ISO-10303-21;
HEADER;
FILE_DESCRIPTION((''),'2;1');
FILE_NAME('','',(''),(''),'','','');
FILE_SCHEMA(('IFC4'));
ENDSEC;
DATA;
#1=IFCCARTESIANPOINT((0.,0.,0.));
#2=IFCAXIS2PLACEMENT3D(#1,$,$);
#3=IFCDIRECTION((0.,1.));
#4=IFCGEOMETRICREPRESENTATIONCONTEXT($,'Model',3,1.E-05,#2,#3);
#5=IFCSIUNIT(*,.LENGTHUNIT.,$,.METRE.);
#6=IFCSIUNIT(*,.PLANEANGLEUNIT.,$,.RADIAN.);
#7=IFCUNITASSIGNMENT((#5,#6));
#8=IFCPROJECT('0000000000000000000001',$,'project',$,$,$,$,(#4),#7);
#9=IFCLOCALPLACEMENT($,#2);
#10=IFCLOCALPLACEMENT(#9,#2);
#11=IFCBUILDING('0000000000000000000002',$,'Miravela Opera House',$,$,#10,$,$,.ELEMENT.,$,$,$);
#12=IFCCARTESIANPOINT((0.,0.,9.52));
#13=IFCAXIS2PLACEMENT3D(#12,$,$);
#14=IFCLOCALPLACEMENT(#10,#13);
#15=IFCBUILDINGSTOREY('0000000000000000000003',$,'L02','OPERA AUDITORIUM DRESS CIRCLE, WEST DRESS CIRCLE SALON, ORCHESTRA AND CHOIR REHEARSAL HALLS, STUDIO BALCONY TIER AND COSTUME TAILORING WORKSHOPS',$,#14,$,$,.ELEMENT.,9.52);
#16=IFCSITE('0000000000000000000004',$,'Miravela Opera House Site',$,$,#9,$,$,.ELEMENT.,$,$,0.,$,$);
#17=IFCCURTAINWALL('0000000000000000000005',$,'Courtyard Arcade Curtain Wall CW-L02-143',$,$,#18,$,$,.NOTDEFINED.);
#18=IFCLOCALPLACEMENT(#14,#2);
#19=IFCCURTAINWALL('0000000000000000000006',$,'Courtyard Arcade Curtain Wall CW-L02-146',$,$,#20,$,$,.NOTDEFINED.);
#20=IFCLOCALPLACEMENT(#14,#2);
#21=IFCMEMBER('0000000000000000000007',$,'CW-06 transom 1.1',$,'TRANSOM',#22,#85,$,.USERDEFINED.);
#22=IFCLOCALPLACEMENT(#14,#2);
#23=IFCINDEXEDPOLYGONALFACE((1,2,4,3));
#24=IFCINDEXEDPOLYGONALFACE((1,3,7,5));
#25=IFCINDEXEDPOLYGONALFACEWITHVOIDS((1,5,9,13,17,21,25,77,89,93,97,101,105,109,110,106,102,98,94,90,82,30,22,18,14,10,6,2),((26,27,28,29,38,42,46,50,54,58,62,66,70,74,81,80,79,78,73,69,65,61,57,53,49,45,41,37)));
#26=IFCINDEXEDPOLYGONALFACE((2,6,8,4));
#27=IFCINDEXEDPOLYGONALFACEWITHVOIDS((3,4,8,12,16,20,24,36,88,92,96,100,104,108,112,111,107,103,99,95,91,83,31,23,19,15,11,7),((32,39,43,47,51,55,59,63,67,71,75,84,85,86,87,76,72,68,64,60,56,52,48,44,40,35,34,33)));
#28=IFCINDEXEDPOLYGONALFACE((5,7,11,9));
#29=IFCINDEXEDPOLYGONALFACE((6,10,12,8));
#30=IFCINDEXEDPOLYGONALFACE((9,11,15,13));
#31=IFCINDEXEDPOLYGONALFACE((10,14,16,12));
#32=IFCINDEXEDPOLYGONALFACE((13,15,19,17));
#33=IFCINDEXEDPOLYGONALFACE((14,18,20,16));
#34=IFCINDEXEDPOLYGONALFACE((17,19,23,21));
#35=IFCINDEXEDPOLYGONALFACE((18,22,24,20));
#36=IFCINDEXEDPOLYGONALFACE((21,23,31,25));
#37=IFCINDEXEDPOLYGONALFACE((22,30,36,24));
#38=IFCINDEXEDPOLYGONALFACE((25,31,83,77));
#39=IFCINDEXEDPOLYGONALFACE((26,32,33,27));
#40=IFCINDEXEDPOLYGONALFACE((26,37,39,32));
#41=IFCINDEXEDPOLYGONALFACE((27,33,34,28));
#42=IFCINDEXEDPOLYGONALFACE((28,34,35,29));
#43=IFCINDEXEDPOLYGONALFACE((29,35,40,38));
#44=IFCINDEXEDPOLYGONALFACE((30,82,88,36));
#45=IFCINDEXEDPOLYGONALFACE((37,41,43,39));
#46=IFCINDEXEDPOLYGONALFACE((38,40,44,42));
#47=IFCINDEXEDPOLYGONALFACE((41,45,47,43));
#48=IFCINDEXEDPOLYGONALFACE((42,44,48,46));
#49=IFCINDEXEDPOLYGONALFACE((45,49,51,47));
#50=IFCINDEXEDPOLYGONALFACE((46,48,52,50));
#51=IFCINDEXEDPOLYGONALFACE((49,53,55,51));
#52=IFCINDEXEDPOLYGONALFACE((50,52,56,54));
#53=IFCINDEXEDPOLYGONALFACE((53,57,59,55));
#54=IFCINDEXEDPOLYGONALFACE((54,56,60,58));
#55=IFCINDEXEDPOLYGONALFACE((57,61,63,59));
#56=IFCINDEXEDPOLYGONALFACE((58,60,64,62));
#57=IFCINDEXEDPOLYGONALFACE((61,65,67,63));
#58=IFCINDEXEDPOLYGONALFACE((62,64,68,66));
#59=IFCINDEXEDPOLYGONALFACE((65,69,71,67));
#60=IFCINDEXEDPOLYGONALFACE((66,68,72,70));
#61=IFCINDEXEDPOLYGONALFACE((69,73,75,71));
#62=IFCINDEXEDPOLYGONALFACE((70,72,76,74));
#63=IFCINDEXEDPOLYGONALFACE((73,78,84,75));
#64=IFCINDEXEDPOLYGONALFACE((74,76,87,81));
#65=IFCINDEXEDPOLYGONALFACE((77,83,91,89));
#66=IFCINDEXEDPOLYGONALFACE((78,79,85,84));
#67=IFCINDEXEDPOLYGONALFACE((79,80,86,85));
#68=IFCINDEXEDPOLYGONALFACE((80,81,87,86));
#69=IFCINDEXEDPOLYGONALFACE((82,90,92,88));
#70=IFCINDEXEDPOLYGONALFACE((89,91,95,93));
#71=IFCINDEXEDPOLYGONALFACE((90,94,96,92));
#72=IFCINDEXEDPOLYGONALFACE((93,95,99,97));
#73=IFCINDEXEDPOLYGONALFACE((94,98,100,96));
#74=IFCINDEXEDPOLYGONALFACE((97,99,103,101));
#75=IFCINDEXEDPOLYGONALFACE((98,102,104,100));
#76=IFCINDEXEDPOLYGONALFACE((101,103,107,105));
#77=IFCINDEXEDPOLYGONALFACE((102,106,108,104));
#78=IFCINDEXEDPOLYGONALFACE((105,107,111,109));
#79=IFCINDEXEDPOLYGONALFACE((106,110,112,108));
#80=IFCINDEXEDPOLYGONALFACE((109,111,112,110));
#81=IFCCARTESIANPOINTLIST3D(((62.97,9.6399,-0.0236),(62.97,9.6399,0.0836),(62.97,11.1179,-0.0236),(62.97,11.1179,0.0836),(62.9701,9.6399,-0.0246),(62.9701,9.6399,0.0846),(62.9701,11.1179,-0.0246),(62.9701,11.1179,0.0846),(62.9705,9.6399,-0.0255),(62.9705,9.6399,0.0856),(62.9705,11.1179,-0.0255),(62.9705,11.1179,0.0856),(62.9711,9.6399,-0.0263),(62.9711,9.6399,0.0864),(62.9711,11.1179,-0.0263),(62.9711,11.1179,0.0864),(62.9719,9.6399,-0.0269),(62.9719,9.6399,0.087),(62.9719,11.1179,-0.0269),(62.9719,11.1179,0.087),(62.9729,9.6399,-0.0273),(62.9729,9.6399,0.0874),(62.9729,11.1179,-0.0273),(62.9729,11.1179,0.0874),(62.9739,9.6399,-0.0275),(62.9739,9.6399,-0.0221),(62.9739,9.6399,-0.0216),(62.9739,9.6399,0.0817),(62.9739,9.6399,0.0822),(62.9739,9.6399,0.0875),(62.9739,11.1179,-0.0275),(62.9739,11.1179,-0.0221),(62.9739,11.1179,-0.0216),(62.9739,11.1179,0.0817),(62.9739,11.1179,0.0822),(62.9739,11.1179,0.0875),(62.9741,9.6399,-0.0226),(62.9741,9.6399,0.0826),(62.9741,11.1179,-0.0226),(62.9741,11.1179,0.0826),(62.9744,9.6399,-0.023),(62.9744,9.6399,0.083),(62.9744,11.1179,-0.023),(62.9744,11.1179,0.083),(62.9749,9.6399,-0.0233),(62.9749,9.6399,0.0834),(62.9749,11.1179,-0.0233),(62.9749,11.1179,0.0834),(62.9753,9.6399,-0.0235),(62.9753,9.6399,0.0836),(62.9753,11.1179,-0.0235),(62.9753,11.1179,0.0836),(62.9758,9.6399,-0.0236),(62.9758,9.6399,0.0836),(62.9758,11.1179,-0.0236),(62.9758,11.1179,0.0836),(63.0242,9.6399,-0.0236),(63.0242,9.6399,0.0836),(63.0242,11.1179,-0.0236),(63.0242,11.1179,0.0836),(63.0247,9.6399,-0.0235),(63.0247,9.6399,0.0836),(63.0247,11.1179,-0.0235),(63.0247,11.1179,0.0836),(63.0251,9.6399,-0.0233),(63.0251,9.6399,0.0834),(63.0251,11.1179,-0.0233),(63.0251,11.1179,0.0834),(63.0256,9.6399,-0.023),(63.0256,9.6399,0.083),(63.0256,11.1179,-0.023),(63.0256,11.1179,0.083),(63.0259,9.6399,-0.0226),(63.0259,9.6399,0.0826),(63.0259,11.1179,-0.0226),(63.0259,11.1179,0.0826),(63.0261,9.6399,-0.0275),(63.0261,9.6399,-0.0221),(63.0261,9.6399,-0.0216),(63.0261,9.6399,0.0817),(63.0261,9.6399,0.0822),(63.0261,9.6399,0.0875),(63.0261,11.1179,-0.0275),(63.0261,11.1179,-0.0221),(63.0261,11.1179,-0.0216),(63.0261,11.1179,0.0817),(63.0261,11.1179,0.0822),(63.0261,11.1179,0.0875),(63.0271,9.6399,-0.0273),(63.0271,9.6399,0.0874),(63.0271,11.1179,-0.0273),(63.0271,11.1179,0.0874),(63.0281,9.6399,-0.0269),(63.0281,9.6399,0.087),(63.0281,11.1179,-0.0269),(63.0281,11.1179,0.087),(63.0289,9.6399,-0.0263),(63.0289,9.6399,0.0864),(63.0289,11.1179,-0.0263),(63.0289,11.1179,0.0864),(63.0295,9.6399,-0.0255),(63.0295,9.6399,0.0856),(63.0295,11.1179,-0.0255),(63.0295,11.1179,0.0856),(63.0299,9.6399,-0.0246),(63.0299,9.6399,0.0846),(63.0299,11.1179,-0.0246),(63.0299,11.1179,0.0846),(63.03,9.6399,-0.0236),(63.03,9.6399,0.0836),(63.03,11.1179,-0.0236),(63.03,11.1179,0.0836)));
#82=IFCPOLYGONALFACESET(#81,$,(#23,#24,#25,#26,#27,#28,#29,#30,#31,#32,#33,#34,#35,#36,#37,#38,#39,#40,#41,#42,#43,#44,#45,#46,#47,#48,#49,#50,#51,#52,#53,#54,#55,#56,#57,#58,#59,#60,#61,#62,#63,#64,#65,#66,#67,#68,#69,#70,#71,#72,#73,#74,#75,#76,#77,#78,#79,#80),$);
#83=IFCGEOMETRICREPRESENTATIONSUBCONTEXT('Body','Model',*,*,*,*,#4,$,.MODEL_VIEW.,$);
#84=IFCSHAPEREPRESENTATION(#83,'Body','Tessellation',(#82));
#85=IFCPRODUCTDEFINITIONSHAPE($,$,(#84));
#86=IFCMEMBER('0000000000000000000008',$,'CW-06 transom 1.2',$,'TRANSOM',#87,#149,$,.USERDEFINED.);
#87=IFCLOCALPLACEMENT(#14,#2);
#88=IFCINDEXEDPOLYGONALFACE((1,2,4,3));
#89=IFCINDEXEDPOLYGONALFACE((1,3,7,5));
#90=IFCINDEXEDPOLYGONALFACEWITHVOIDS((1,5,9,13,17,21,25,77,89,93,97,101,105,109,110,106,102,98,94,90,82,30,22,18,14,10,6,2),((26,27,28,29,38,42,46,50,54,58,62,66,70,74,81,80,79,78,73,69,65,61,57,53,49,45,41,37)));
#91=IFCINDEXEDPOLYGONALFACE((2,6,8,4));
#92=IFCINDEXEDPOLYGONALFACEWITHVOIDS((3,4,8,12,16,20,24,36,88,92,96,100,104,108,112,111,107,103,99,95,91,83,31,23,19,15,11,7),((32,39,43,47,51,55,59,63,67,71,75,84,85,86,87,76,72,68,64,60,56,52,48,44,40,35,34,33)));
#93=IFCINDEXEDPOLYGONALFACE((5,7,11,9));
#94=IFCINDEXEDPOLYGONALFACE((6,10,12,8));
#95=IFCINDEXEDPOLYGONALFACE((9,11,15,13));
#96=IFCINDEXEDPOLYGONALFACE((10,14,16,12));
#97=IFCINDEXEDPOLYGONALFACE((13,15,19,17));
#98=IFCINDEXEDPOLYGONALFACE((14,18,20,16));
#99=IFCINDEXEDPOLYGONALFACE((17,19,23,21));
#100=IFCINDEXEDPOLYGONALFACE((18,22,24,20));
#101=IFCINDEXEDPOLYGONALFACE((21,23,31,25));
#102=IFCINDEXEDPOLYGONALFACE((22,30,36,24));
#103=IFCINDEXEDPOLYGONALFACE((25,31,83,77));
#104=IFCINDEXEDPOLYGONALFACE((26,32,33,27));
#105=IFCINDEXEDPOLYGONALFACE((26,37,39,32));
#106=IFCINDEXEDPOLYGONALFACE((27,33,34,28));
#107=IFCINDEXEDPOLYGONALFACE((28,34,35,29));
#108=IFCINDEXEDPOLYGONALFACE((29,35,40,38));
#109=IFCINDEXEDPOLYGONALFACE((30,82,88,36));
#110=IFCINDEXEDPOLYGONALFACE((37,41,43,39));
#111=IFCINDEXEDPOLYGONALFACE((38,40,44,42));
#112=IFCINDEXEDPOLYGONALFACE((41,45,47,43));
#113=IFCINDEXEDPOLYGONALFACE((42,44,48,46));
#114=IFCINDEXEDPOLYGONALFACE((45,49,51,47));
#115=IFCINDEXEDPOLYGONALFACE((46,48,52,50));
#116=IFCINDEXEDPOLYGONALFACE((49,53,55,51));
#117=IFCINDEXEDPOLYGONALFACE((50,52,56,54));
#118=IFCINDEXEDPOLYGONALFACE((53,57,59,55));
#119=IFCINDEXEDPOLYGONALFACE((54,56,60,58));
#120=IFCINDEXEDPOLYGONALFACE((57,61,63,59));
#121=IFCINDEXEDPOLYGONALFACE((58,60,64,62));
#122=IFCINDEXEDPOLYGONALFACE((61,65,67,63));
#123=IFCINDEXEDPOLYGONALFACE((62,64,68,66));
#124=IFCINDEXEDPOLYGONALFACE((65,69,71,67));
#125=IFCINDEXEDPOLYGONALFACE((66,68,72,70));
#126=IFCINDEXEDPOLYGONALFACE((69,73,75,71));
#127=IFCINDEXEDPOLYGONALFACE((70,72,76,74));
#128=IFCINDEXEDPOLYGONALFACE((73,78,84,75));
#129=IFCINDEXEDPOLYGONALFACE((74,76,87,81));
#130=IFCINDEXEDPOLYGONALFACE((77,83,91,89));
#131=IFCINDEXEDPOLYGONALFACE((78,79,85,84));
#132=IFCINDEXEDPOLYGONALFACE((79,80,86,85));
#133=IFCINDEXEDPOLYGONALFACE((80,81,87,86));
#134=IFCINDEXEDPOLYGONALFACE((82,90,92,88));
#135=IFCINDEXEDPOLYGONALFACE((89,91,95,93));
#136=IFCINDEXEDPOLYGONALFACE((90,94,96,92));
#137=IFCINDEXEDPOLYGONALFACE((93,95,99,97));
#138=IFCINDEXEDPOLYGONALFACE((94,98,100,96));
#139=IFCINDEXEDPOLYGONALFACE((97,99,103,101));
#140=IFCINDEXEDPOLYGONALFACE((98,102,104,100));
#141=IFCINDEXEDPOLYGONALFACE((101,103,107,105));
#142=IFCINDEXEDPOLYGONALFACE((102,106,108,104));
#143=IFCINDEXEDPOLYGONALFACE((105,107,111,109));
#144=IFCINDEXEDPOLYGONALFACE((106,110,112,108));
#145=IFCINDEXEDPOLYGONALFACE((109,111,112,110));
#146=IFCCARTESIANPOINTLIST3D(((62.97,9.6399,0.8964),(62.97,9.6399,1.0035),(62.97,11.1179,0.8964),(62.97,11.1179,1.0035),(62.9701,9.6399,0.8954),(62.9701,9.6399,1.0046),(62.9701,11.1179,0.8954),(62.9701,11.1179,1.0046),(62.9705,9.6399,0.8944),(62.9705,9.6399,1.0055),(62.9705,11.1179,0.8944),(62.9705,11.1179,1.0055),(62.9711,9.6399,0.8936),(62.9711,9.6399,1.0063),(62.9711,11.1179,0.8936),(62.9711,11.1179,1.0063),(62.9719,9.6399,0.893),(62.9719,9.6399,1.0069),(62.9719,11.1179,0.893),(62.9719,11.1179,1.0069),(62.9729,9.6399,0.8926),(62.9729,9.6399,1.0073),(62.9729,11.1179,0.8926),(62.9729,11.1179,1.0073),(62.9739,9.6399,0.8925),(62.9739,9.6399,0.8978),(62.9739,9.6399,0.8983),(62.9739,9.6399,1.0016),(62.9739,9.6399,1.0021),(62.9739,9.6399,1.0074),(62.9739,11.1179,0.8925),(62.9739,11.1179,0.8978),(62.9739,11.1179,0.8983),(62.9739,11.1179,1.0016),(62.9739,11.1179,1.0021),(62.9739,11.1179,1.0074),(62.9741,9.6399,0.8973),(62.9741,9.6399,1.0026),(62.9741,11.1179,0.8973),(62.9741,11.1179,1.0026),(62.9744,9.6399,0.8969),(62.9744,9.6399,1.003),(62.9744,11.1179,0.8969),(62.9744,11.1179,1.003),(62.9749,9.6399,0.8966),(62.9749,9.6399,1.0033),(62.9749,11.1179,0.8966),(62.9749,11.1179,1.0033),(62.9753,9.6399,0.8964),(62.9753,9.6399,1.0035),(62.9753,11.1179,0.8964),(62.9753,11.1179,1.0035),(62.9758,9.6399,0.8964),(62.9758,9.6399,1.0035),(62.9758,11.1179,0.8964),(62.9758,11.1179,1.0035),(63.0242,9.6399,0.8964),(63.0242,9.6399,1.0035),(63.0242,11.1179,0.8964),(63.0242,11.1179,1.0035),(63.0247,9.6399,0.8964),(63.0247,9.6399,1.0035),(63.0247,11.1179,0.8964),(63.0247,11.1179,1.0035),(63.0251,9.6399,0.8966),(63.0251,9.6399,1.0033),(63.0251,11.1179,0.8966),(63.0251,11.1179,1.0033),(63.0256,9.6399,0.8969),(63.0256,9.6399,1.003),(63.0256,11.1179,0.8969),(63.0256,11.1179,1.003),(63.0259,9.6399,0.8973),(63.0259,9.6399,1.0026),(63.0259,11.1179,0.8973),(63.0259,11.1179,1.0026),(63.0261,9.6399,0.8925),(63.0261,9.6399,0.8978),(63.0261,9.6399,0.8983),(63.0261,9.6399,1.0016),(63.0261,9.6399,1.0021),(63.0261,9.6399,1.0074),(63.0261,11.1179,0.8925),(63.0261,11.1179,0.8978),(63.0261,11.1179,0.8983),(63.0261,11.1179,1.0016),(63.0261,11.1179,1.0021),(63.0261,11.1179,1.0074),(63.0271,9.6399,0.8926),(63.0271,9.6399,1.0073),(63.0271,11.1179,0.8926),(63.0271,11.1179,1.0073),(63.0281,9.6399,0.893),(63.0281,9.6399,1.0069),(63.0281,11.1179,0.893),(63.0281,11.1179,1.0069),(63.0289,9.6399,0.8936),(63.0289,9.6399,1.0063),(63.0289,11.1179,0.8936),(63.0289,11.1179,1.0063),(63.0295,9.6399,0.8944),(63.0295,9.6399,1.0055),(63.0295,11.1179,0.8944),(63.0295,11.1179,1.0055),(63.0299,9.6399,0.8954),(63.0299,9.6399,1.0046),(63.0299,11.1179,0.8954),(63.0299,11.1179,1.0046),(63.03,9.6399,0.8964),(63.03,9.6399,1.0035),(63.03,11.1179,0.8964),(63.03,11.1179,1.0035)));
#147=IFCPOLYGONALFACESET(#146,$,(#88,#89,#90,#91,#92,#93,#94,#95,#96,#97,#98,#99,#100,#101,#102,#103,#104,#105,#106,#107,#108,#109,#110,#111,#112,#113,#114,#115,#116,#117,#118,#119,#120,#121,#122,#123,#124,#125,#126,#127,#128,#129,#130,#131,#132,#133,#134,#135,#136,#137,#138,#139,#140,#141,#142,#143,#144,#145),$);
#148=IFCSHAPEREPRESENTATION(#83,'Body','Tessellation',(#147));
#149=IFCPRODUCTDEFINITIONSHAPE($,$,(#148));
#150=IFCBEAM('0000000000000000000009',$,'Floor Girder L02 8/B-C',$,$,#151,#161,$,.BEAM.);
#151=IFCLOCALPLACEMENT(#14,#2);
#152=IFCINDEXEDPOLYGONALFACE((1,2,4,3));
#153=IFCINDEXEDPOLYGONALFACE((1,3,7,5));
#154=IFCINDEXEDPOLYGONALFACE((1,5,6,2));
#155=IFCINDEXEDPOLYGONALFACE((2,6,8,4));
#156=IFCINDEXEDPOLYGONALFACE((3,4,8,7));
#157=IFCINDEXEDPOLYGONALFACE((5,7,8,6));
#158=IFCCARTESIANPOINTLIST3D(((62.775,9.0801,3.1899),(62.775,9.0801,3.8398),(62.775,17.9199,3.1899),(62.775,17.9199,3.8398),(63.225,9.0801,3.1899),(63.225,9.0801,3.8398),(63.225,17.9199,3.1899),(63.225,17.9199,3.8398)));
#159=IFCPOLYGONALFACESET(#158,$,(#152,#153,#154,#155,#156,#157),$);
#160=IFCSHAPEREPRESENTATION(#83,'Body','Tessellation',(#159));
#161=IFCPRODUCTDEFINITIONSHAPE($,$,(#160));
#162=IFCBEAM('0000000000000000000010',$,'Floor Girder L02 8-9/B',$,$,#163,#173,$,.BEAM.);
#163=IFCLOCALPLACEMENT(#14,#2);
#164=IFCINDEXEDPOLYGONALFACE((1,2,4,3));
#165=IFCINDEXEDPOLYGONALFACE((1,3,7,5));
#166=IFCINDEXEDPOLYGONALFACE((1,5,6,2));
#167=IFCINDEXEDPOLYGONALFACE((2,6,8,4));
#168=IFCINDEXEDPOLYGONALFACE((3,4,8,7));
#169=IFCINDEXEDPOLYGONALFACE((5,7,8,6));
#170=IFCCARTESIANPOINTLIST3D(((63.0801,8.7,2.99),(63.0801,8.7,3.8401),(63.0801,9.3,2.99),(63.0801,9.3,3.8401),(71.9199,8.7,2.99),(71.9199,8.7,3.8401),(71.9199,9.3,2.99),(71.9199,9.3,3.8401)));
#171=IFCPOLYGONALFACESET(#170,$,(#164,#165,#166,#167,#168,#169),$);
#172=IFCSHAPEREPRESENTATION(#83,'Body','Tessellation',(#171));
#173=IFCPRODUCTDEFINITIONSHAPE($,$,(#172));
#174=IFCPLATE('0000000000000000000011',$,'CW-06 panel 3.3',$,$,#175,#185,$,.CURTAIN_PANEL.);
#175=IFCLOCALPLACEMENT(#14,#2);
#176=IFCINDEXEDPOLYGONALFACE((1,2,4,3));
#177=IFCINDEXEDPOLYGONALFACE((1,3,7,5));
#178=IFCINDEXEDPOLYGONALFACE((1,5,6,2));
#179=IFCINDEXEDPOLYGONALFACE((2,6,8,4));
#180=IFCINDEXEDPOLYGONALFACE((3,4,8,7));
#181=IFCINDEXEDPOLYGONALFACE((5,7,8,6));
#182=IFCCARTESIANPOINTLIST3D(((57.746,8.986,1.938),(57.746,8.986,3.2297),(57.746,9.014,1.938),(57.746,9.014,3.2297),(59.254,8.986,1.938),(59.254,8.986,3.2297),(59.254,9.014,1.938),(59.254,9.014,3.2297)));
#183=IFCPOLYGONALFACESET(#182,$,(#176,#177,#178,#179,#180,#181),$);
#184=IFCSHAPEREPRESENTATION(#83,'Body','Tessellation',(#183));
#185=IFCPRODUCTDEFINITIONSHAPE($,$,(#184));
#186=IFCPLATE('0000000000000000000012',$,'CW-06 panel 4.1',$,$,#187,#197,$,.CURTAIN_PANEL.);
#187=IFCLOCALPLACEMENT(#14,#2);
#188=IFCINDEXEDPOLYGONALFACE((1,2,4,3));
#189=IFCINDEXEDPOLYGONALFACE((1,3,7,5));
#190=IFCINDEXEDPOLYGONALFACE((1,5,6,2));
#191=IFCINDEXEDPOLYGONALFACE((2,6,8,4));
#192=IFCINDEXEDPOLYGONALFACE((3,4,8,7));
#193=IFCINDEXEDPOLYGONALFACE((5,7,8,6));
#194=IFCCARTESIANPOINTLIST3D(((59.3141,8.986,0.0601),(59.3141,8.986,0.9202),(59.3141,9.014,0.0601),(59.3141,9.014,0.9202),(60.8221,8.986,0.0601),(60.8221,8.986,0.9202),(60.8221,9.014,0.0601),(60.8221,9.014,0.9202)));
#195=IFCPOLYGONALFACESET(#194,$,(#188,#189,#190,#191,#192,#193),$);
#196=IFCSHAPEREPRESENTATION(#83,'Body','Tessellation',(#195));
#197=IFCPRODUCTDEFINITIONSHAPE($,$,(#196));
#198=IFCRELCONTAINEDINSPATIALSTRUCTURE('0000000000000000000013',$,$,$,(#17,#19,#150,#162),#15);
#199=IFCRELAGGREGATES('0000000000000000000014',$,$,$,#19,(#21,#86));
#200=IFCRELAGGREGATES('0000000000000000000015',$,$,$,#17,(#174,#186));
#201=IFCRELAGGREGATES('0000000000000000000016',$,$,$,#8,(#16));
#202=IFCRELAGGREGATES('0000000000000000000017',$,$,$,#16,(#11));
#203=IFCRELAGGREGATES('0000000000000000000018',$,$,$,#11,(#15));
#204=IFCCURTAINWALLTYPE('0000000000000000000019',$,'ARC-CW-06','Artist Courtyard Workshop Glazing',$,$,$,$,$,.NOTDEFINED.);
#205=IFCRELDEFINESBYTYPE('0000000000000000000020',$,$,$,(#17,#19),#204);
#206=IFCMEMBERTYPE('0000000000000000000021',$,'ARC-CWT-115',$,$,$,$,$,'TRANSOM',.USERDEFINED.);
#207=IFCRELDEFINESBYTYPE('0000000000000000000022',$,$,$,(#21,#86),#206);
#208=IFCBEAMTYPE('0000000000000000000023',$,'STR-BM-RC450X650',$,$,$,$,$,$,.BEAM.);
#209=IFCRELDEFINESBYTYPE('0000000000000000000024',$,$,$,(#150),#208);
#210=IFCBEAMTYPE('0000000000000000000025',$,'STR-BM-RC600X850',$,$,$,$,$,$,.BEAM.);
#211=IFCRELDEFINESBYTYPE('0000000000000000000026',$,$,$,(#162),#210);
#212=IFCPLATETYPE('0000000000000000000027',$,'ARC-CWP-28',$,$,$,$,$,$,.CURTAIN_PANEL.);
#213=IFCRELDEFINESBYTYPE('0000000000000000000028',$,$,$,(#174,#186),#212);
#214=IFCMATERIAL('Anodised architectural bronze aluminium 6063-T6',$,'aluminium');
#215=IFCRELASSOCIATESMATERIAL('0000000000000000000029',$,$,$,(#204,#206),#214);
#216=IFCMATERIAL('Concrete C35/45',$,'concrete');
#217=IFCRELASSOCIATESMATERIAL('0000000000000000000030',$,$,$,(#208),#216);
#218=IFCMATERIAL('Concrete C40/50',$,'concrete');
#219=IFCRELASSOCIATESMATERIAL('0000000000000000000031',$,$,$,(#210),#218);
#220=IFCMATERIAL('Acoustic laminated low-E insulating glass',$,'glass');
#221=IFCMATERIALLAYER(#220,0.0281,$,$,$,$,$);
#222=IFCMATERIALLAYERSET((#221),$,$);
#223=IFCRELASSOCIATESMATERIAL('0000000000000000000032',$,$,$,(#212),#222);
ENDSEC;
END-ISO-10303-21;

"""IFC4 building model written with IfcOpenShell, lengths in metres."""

from ifc_helpers import new_model, si_unit, direction, frame, origin, origin_2d, place, context, subcontext, project, spatial, rectangle, hollow_rectangle, extrude, material, layer, layer_set, material_profile, profile_set, type_object, element, aggregate, save


model = new_model("IFC4")

# Units and contexts
model_context = context("Model", 3, precision=1e-05, world=origin(), true_north=direction((0.0, 1.0)))
body_context = subcontext(model_context, "Body", "Model", "MODEL_VIEW")
ifc_project = project(units=[si_unit("LENGTHUNIT", "METRE"), si_unit("PLANEANGLEUNIT", "RADIAN")], contexts=[model_context])

# Site, building, storey
site_placement = place(None, origin())
site = spatial("IfcSite", under=ifc_project, at=site_placement, Name="Miravela Opera House Site", CompositionType="ELEMENT", RefElevation=0.0)
building_placement = place(site_placement, origin())
building = spatial("IfcBuilding", under=site, at=building_placement, Name="Miravela Opera House", CompositionType="ELEMENT")
storey_placement = place(building_placement, frame((0.0, 0.0, 9.52)))
storey = spatial("IfcBuildingStorey", under=building, at=storey_placement, Name="L02", Description="OPERA AUDITORIUM DRESS CIRCLE, WEST DRESS CIRCLE SALON, ORCHESTRA AND CHOIR REHEARSAL HALLS, STUDIO BALCONY TIER AND COSTUME TAILORING WORKSHOPS", CompositionType="ELEMENT", Elevation=9.52)

# Shared definitions
ifc_material_1 = material(Name="Concrete C35/45", Category="concrete")

# Curtain wall
ifc_material_2 = material(Name="Anodised architectural bronze aluminium 6063-T6", Category="aluminium")
curtain_wall_type = type_object("IfcCurtainWallType", Name="ARC-CW-06", Description="Artist Courtyard Workshop Glazing", PredefinedType="NOTDEFINED", material=ifc_material_2)
curtain_wall_1_placement = place(storey_placement, origin())
curtain_wall_1 = element("IfcCurtainWall", 1, at=curtain_wall_1_placement, inside=storey, type_object=curtain_wall_type, Name="Courtyard Arcade Curtain Wall CW-L02-143", PredefinedType="NOTDEFINED")

# Curtain wall
curtain_wall_2_placement = place(storey_placement, origin())
curtain_wall_2 = element("IfcCurtainWall", 2, at=curtain_wall_2_placement, inside=storey, type_object=curtain_wall_type, Name="Courtyard Arcade Curtain Wall CW-L02-146", PredefinedType="NOTDEFINED")

# Members
ifc_material_profile_1 = material_profile(ifc_material_2, hollow_rectangle(XDim=0.0601, YDim=0.115, WallThickness=0.0039, InnerFilletRadius=0.002, OuterFilletRadius=0.0039, at=origin_2d()), Name="CWT-60X115")
ifc_profile_set_1 = profile_set([ifc_material_profile_1])
member_type_1 = type_object("IfcMemberType", Name="ARC-CWT-115", ElementType="TRANSOM", PredefinedType="USERDEFINED", material=ifc_profile_set_1)
member_1_placement = place(storey_placement, frame((63.0, 9.6399, 0.03), z_axis=(0.0, 1.0, 0.0), x_axis=(-1.0, 0.0, 0.0)))
member_1 = element("IfcMember", 3, at=member_1_placement, type_object=member_type_1, Name="CW-06 transom 1.1", ObjectType="TRANSOM", PredefinedType="USERDEFINED", context=body_context, shape_type="SweptSolid", body=[
    extrude(hollow_rectangle(XDim=0.0601, YDim=0.115, WallThickness=0.0039, InnerFilletRadius=0.002, OuterFilletRadius=0.0039, at=origin_2d()), origin(), (0.0, 0.0, 1.0), 1.478),
])
member_2_placement = place(storey_placement, frame((63.0, 9.6399, 0.95), z_axis=(0.0, 1.0, 0.0), x_axis=(-1.0, 0.0, 0.0)))
member_2 = element("IfcMember", 4, at=member_2_placement, type_object=member_type_1, Name="CW-06 transom 1.2", ObjectType="TRANSOM", PredefinedType="USERDEFINED", context=body_context, shape_type="SweptSolid", body=[
    extrude(hollow_rectangle(XDim=0.0601, YDim=0.115, WallThickness=0.0039, InnerFilletRadius=0.002, OuterFilletRadius=0.0039, at=origin_2d()), origin(), (0.0, 0.0, 1.0), 1.478),
])
aggregate(curtain_wall_2, [member_1, member_2])

# Beams
ifc_material_profile_2 = material_profile(ifc_material_1, rectangle(XDim=0.45, YDim=0.6499, at=origin_2d()), Name="RC-BM-450X650")
ifc_profile_set_2 = profile_set([ifc_material_profile_2])
beam_type_1 = type_object("IfcBeamType", Name="STR-BM-RC450X650", PredefinedType="BEAM", material=ifc_profile_set_2)
beam_1_placement = place(storey_placement, frame((63.0, 9.0801, 3.5149), z_axis=(0.0, 1.0, 0.0), x_axis=(-1.0, 0.0, 0.0)))
element("IfcBeam", 5, at=beam_1_placement, inside=storey, type_object=beam_type_1, Name="Floor Girder L02 8/B-C", PredefinedType="BEAM", context=body_context, shape_type="SweptSolid", body=[
    extrude(rectangle(XDim=0.45, YDim=0.6499, at=origin_2d()), origin(), (0.0, 0.0, 1.0), 8.8398),
])
ifc_material_3 = material(Name="Concrete C40/50", Category="concrete")
ifc_material_profile_3 = material_profile(ifc_material_3, rectangle(XDim=0.6001, YDim=0.8501, at=origin_2d()), Name="RC-BM-600X850")
ifc_profile_set_3 = profile_set([ifc_material_profile_3])
beam_type_2 = type_object("IfcBeamType", Name="STR-BM-RC600X850", PredefinedType="BEAM", material=ifc_profile_set_3)
beam_2_placement = place(storey_placement, frame((63.0801, 9.0, 3.415), z_axis=(1.0, 0.0, 0.0), x_axis=(0.0, 1.0, 0.0)))
element("IfcBeam", 6, at=beam_2_placement, inside=storey, type_object=beam_type_2, Name="Floor Girder L02 8-9/B", PredefinedType="BEAM", context=body_context, shape_type="SweptSolid", body=[
    extrude(rectangle(XDim=0.6001, YDim=0.8501, at=origin_2d()), origin(), (0.0, 0.0, 1.0), 8.8398),
])

# Plates
ifc_material_4 = material(Name="Acoustic laminated low-E insulating glass", Category="glass")
ifc_layer = layer(ifc_material_4, 0.0281)
ifc_layer_set = layer_set([ifc_layer])
plate_type = type_object("IfcPlateType", Name="ARC-CWP-28", PredefinedType="CURTAIN_PANEL", material=ifc_layer_set)
plate_1_placement = place(storey_placement, frame((58.5, 9.0, 1.938), z_axis=(0.0, 0.0, 1.0), x_axis=(1.0, 0.0, 0.0)))
plate_1 = element("IfcPlate", 7, at=plate_1_placement, type_object=plate_type, Name="CW-06 panel 3.3", PredefinedType="CURTAIN_PANEL", context=body_context, shape_type="SweptSolid", body=[
    extrude(rectangle(XDim=1.5081, YDim=0.0281, at=origin_2d()), origin(), (0.0, 0.0, 1.0), 1.2917),
])
plate_2_placement = place(storey_placement, frame((60.0681, 9.0, 0.0601), z_axis=(0.0, 0.0, 1.0), x_axis=(1.0, 0.0, 0.0)))
plate_2 = element("IfcPlate", 8, at=plate_2_placement, type_object=plate_type, Name="CW-06 panel 4.1", PredefinedType="CURTAIN_PANEL", context=body_context, shape_type="SweptSolid", body=[
    extrude(rectangle(XDim=1.5081, YDim=0.0281, at=origin_2d()), origin(), (0.0, 0.0, 1.0), 0.8601),
])
aggregate(curtain_wall_1, [plate_1, plate_2])

save(model, "model.ifc")
